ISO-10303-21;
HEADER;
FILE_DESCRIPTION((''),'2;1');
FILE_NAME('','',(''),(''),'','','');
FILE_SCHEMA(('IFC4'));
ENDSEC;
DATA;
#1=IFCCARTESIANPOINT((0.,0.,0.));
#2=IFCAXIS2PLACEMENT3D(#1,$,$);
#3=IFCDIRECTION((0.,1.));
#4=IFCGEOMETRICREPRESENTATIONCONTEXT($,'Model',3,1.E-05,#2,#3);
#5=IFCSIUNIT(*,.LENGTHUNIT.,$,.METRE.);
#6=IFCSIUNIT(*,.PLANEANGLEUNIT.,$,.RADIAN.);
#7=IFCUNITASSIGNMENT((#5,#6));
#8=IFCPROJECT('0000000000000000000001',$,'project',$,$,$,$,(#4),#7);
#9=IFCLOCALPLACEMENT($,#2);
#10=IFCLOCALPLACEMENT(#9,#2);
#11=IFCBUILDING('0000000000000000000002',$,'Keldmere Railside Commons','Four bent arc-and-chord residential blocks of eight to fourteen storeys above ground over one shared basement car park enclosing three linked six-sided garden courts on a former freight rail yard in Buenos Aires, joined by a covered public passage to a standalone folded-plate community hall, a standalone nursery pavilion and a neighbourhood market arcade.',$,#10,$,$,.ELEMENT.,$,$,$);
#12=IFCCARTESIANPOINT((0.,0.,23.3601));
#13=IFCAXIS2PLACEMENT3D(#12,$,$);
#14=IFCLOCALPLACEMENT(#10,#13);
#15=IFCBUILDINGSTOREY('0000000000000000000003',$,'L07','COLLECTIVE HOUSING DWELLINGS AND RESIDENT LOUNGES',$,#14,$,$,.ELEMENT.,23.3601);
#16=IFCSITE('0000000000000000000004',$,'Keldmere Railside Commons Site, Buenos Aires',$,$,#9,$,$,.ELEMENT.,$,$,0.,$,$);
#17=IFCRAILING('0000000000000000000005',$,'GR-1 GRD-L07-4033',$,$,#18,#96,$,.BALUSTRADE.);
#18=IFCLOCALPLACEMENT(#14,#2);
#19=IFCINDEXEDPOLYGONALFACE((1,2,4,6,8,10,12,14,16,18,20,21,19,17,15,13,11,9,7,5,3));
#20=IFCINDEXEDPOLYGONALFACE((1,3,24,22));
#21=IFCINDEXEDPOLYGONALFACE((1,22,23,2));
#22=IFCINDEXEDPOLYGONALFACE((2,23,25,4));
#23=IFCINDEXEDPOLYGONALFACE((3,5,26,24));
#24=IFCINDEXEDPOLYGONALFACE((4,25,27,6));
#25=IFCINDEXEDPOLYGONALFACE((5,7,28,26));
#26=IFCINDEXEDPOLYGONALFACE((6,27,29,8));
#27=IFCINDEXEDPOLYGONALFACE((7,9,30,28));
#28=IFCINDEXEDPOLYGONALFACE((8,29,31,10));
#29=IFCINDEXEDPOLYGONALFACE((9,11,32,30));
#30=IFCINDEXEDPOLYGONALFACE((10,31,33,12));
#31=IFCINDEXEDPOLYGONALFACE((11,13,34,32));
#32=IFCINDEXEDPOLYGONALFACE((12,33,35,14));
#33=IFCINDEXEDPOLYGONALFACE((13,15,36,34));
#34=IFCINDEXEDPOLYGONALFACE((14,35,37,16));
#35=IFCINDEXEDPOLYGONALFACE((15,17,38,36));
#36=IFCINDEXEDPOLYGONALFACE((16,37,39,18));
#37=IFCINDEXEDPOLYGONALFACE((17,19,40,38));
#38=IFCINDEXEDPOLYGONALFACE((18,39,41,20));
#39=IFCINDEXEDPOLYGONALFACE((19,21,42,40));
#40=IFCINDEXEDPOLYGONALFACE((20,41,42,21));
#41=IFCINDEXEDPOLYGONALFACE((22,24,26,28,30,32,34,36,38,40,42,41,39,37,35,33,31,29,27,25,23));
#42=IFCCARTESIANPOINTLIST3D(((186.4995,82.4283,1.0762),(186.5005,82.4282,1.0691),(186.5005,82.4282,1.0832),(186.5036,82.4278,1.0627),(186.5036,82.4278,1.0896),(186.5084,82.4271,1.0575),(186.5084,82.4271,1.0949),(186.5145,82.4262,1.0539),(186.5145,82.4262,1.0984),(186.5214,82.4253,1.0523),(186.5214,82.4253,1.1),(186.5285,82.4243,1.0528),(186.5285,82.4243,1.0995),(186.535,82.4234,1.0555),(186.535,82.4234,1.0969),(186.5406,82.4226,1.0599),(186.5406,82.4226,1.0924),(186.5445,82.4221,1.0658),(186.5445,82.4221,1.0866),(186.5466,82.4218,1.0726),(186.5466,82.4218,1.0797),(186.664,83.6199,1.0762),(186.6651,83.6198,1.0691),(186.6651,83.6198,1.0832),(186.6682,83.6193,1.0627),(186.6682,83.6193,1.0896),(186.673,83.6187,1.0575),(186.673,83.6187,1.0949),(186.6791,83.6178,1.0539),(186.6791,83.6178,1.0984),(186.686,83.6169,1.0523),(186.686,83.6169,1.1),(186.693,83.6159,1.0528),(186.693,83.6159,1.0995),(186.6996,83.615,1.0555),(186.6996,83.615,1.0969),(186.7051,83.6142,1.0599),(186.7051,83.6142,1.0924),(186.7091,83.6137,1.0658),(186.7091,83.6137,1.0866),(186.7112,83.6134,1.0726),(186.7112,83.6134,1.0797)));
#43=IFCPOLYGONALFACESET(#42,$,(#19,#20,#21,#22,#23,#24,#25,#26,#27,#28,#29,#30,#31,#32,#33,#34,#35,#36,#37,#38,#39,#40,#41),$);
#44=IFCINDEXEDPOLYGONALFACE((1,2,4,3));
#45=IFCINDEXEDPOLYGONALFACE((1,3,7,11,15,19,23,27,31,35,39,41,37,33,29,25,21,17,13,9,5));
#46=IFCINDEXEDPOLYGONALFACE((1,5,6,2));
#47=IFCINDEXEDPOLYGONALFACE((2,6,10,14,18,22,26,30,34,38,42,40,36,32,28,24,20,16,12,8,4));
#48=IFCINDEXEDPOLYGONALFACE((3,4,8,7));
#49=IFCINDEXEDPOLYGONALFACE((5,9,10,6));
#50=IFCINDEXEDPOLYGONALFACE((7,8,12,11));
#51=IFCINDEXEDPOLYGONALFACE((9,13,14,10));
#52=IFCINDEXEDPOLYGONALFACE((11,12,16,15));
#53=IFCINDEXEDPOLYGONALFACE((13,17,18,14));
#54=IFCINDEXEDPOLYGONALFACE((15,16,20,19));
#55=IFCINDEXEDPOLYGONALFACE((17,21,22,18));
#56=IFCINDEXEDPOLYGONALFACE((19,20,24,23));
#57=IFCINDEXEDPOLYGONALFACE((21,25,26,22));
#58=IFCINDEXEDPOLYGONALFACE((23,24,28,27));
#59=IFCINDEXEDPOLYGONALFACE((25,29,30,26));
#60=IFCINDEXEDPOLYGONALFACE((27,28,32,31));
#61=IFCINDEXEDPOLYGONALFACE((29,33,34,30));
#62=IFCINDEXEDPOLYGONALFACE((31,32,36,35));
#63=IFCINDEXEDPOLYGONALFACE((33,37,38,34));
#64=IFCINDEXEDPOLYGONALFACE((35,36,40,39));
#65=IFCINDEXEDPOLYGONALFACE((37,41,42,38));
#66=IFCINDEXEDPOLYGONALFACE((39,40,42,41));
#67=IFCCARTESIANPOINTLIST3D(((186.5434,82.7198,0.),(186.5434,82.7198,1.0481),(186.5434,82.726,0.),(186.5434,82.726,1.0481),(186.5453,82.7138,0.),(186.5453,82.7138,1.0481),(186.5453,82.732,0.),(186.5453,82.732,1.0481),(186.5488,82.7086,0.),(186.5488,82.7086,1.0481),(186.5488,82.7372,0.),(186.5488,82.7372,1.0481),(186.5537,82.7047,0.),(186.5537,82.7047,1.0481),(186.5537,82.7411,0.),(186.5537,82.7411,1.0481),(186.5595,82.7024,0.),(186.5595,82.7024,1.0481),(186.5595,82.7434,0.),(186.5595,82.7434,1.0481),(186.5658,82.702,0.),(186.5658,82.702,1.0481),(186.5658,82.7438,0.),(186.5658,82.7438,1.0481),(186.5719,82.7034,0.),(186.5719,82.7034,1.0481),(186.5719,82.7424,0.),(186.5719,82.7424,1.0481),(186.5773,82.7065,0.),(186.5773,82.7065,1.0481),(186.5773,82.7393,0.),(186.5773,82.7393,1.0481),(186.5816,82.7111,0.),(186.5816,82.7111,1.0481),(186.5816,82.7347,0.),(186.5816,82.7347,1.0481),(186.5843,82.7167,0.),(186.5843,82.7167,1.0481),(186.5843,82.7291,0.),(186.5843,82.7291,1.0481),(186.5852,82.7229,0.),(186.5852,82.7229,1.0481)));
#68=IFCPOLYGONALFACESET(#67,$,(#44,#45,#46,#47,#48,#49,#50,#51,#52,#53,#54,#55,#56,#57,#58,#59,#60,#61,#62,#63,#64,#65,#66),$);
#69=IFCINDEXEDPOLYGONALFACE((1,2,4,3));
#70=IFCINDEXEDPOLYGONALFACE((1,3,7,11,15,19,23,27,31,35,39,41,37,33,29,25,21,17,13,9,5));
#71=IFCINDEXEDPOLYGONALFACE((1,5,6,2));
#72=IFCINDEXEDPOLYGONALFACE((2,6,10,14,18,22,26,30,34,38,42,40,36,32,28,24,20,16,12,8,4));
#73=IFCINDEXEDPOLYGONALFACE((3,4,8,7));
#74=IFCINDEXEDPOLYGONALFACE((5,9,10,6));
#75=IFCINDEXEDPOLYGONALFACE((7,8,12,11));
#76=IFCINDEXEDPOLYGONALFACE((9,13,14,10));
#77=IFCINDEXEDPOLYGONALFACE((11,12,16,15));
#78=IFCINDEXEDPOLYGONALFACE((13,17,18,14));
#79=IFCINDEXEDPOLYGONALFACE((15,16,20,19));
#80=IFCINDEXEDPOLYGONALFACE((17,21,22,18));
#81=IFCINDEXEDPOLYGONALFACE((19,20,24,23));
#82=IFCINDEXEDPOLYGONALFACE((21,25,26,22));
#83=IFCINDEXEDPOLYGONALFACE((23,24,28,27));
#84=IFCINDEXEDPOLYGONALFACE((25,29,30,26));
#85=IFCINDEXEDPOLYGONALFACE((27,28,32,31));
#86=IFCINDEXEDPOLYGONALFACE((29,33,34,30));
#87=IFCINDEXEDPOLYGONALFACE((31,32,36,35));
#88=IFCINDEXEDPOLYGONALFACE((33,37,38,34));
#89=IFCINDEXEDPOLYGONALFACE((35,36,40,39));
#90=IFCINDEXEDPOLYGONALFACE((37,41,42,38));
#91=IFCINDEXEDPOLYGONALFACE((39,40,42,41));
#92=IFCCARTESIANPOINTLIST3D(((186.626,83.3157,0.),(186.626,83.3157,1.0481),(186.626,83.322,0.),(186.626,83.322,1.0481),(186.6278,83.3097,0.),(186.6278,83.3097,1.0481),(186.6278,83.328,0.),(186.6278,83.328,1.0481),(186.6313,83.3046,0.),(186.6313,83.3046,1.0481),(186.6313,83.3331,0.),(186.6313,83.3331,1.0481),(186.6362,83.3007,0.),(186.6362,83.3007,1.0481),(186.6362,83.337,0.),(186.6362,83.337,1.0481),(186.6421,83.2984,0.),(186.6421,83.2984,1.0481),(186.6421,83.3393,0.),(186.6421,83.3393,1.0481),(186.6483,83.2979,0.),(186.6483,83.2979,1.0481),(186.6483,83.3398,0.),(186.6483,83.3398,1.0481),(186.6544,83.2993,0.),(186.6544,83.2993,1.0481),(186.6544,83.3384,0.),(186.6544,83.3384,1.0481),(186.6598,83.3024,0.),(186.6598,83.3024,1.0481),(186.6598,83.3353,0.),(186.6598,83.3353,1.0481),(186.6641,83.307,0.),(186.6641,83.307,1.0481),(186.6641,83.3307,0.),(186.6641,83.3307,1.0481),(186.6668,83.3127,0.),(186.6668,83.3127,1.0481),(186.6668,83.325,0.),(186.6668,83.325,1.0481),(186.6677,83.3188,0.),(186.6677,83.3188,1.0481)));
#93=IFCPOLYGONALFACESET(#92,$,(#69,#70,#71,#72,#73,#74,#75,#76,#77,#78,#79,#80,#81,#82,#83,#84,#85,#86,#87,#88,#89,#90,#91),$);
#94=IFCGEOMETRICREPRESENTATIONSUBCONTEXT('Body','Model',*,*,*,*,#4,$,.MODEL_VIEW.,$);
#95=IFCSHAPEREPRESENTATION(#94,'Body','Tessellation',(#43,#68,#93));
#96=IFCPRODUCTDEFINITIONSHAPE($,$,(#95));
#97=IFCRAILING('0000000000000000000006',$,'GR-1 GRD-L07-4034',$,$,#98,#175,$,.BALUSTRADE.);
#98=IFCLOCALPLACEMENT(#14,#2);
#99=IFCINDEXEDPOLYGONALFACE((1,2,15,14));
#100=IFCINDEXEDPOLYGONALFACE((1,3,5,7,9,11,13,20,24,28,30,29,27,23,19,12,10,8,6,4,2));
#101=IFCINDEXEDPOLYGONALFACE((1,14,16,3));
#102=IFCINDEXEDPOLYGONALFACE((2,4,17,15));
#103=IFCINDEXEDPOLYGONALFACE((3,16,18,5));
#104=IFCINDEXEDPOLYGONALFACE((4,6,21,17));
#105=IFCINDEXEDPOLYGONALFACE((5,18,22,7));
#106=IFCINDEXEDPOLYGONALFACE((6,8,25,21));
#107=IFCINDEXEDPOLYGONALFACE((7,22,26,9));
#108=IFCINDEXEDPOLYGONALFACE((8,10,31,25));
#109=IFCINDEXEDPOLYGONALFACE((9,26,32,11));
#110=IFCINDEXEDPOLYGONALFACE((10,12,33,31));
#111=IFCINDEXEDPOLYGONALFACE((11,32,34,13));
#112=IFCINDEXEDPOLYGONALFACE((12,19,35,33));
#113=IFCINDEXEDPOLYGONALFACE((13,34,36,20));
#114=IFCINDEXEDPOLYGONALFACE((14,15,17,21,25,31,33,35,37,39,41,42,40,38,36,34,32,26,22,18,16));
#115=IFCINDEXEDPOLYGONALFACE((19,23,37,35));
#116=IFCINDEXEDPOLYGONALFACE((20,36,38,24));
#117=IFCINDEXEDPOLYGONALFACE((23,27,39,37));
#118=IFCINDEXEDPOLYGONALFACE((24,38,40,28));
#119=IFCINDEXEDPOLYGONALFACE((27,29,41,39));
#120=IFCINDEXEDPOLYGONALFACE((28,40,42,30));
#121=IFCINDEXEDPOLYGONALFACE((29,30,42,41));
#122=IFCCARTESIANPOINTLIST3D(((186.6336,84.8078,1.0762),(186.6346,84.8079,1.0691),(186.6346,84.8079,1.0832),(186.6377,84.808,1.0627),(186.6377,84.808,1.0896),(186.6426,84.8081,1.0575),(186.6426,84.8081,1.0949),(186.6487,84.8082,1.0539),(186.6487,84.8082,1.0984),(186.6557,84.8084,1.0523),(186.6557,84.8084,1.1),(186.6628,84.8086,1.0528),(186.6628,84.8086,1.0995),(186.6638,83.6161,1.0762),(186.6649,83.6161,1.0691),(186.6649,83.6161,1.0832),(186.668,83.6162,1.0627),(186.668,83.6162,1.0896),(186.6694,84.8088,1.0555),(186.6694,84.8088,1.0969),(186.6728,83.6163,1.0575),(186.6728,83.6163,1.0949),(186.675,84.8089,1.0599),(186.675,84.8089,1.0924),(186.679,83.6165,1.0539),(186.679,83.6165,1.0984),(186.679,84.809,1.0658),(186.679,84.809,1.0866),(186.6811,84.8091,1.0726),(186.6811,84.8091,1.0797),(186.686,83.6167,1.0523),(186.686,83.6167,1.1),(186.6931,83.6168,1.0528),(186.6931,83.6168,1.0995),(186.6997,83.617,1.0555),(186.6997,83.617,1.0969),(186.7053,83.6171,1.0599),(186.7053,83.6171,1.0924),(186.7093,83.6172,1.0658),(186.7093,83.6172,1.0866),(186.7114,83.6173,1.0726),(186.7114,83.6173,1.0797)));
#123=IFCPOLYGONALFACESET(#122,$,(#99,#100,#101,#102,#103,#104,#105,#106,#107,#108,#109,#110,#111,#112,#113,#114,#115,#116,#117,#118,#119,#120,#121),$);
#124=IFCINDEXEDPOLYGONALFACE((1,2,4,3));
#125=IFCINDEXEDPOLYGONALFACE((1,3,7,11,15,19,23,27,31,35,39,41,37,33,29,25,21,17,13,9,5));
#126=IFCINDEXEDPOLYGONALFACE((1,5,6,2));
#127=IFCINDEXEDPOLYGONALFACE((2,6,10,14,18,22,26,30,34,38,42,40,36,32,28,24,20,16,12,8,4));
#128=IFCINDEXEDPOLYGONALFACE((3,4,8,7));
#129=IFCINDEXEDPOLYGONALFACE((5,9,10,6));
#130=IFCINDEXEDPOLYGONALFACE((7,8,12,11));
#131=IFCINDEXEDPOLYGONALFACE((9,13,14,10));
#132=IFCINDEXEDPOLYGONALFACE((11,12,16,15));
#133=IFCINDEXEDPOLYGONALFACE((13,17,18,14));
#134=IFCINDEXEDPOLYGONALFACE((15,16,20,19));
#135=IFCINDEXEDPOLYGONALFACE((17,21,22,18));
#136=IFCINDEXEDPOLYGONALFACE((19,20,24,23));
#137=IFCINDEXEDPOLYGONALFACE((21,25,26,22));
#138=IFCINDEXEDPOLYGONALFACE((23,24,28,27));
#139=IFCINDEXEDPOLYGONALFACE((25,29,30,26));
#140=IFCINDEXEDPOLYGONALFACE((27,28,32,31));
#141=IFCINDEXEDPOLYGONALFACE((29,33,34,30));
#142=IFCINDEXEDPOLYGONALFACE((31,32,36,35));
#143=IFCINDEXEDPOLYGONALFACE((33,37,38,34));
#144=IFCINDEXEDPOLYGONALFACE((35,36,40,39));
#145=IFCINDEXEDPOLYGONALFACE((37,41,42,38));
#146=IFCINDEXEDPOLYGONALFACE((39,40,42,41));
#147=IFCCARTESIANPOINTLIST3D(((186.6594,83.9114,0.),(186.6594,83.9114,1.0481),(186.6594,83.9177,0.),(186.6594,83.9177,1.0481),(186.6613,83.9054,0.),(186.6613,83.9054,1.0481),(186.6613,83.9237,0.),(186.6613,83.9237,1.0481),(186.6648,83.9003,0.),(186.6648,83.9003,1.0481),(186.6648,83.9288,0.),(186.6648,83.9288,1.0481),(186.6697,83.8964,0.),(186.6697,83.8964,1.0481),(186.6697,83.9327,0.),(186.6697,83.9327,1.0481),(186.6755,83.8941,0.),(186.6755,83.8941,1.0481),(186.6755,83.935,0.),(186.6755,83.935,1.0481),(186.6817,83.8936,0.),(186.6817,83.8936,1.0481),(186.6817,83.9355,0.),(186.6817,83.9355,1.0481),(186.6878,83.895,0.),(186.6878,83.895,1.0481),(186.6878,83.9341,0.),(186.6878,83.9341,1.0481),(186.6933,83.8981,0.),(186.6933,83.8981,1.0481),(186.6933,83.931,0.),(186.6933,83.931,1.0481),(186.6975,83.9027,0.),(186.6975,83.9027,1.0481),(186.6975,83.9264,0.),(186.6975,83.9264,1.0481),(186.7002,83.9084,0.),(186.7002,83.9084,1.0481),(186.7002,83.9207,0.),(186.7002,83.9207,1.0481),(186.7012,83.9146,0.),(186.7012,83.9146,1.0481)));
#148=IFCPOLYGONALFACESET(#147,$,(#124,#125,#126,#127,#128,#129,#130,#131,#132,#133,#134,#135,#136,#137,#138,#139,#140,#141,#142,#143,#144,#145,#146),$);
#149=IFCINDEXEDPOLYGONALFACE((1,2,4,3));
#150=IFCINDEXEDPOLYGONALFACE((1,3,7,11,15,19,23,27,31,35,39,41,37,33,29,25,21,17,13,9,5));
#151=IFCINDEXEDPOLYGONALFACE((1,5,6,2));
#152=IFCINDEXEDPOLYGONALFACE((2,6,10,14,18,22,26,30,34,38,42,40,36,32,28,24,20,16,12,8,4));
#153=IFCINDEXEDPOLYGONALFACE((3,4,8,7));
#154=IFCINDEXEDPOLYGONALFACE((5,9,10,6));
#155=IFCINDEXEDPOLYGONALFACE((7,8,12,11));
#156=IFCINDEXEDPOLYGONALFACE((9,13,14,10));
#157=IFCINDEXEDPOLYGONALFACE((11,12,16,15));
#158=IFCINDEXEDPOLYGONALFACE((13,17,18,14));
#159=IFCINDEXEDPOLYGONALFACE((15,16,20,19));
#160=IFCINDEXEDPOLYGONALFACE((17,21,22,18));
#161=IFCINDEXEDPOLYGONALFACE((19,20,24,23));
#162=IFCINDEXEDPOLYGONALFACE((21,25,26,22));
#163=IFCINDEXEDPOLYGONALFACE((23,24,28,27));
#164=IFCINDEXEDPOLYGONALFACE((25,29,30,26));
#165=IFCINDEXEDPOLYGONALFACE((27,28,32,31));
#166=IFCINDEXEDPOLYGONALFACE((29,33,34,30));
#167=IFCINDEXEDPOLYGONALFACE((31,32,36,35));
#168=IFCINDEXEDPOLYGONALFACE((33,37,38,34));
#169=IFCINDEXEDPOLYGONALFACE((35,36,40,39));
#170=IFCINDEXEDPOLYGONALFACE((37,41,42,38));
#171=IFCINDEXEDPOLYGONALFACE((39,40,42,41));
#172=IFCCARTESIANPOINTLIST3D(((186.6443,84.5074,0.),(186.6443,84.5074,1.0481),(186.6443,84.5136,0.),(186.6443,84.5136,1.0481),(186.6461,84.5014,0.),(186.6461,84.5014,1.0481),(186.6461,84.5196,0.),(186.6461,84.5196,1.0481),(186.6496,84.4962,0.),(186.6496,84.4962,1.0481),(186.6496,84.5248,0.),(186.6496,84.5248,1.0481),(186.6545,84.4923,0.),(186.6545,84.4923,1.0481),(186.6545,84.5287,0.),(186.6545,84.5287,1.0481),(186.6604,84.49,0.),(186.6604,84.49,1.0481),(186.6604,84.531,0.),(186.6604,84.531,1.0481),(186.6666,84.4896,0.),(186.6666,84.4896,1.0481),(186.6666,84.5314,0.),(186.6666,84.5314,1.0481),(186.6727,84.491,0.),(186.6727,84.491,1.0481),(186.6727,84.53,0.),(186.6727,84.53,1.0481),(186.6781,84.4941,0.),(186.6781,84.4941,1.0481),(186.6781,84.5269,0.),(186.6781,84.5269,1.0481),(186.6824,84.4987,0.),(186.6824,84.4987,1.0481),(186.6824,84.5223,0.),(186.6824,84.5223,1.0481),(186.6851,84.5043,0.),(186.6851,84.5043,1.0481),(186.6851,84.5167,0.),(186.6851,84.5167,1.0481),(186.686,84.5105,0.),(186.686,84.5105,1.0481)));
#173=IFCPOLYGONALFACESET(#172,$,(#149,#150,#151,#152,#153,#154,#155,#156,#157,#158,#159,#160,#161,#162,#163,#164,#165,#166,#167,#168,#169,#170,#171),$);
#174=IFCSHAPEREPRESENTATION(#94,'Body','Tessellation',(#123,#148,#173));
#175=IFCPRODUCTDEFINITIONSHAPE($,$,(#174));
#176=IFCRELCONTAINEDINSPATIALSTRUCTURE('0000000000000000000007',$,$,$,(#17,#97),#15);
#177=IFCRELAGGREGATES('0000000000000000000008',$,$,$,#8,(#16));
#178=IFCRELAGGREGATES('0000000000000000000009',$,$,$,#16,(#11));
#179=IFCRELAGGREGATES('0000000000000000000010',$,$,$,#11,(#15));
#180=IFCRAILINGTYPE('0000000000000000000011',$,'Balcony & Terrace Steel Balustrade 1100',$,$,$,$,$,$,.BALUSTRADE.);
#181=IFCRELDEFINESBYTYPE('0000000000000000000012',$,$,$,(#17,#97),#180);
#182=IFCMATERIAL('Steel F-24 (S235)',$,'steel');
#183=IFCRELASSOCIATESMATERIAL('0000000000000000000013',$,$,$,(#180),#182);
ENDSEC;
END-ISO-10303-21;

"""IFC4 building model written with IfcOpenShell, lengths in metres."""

from ifc_helpers import new_model, si_unit, direction, frame, origin, origin_2d, place, context, subcontext, project, spatial, circle, extrude, material, type_object, element, save


model = new_model("IFC4")

# Units and contexts
model_context = context("Model", 3, precision=1e-05, world=origin(), true_north=direction((0.0, 1.0)))
body_context = subcontext(model_context, "Body", "Model", "MODEL_VIEW")
ifc_project = project(units=[si_unit("LENGTHUNIT", "METRE"), si_unit("PLANEANGLEUNIT", "RADIAN")], contexts=[model_context])

# Site, building, storey
site_placement = place(None, origin())
site = spatial("IfcSite", under=ifc_project, at=site_placement, Name="Keldmere Railside Commons Site, Buenos Aires", CompositionType="ELEMENT", RefElevation=0.0)
building_placement = place(site_placement, origin())
building = spatial("IfcBuilding", under=site, at=building_placement, Name="Keldmere Railside Commons", Description="Four bent arc-and-chord residential blocks of eight to fourteen storeys above ground over one shared basement car park enclosing three linked six-sided garden courts on a former freight rail yard in Buenos Aires, joined by a covered public passage to a standalone folded-plate community hall, a standalone nursery pavilion and a neighbourhood market arcade.", CompositionType="ELEMENT")
storey_placement = place(building_placement, frame((0.0, 0.0, 23.3601)))
storey = spatial("IfcBuildingStorey", under=building, at=storey_placement, Name="L07", Description="COLLECTIVE HOUSING DWELLINGS AND RESIDENT LOUNGES", CompositionType="ELEMENT", Elevation=23.3601)

# Shared definitions
ifc_material_1 = material(Name="Steel F-24 (S235)", Category="steel")

# Railings
railing_type = type_object("IfcRailingType", Name="Balcony & Terrace Steel Balustrade 1100", PredefinedType="BALUSTRADE", material=ifc_material_1)
railing_1_placement = place(storey_placement, frame((186.5232, 82.425, 0.0)))
element("IfcRailing", 1, at=railing_1_placement, inside=storey, type_object=railing_type, Name="GR-1 GRD-L07-4033", PredefinedType="BALUSTRADE", context=body_context, shape_type="SweptSolid", body=[
    extrude(circle(Radius=0.0239, at=origin_2d()), frame((0.0, 0.0, 1.0762), z_axis=(0.136788, 0.9906, 0.0), x_axis=(-0.9906, 0.136788, 0.0)), (0.0, 0.0, 1.0), 1.2029),
    extrude(circle(Radius=0.021, at=origin_2d()), frame((0.041, 0.2979, 0.0)), (0.0, 0.0, 1.0), 1.0481),
    extrude(circle(Radius=0.021, at=origin_2d()), frame((0.1235, 0.8938, 0.0)), (0.0, 0.0, 1.0), 1.0481),
])
railing_2_placement = place(storey_placement, frame((186.6877, 83.6167, 0.0)))
element("IfcRailing", 2, at=railing_2_placement, inside=storey, type_object=railing_type, Name="GR-1 GRD-L07-4034", PredefinedType="BALUSTRADE", context=body_context, shape_type="SweptSolid", body=[
    extrude(circle(Radius=0.0239, at=origin_2d()), frame((0.0, 0.0, 1.0762), z_axis=(-0.025396, 0.999677, 0.0), x_axis=(-0.999677, -0.025396, 0.0)), (0.0, 0.0, 1.0), 1.1921),
    extrude(circle(Radius=0.021, at=origin_2d()), frame((-0.0076, 0.2979, 0.0)), (0.0, 0.0, 1.0), 1.0481),
    extrude(circle(Radius=0.021, at=origin_2d()), frame((-0.0227, 0.8938, 0.0)), (0.0, 0.0, 1.0), 1.0481),
])

save(model, "model.ifc")
